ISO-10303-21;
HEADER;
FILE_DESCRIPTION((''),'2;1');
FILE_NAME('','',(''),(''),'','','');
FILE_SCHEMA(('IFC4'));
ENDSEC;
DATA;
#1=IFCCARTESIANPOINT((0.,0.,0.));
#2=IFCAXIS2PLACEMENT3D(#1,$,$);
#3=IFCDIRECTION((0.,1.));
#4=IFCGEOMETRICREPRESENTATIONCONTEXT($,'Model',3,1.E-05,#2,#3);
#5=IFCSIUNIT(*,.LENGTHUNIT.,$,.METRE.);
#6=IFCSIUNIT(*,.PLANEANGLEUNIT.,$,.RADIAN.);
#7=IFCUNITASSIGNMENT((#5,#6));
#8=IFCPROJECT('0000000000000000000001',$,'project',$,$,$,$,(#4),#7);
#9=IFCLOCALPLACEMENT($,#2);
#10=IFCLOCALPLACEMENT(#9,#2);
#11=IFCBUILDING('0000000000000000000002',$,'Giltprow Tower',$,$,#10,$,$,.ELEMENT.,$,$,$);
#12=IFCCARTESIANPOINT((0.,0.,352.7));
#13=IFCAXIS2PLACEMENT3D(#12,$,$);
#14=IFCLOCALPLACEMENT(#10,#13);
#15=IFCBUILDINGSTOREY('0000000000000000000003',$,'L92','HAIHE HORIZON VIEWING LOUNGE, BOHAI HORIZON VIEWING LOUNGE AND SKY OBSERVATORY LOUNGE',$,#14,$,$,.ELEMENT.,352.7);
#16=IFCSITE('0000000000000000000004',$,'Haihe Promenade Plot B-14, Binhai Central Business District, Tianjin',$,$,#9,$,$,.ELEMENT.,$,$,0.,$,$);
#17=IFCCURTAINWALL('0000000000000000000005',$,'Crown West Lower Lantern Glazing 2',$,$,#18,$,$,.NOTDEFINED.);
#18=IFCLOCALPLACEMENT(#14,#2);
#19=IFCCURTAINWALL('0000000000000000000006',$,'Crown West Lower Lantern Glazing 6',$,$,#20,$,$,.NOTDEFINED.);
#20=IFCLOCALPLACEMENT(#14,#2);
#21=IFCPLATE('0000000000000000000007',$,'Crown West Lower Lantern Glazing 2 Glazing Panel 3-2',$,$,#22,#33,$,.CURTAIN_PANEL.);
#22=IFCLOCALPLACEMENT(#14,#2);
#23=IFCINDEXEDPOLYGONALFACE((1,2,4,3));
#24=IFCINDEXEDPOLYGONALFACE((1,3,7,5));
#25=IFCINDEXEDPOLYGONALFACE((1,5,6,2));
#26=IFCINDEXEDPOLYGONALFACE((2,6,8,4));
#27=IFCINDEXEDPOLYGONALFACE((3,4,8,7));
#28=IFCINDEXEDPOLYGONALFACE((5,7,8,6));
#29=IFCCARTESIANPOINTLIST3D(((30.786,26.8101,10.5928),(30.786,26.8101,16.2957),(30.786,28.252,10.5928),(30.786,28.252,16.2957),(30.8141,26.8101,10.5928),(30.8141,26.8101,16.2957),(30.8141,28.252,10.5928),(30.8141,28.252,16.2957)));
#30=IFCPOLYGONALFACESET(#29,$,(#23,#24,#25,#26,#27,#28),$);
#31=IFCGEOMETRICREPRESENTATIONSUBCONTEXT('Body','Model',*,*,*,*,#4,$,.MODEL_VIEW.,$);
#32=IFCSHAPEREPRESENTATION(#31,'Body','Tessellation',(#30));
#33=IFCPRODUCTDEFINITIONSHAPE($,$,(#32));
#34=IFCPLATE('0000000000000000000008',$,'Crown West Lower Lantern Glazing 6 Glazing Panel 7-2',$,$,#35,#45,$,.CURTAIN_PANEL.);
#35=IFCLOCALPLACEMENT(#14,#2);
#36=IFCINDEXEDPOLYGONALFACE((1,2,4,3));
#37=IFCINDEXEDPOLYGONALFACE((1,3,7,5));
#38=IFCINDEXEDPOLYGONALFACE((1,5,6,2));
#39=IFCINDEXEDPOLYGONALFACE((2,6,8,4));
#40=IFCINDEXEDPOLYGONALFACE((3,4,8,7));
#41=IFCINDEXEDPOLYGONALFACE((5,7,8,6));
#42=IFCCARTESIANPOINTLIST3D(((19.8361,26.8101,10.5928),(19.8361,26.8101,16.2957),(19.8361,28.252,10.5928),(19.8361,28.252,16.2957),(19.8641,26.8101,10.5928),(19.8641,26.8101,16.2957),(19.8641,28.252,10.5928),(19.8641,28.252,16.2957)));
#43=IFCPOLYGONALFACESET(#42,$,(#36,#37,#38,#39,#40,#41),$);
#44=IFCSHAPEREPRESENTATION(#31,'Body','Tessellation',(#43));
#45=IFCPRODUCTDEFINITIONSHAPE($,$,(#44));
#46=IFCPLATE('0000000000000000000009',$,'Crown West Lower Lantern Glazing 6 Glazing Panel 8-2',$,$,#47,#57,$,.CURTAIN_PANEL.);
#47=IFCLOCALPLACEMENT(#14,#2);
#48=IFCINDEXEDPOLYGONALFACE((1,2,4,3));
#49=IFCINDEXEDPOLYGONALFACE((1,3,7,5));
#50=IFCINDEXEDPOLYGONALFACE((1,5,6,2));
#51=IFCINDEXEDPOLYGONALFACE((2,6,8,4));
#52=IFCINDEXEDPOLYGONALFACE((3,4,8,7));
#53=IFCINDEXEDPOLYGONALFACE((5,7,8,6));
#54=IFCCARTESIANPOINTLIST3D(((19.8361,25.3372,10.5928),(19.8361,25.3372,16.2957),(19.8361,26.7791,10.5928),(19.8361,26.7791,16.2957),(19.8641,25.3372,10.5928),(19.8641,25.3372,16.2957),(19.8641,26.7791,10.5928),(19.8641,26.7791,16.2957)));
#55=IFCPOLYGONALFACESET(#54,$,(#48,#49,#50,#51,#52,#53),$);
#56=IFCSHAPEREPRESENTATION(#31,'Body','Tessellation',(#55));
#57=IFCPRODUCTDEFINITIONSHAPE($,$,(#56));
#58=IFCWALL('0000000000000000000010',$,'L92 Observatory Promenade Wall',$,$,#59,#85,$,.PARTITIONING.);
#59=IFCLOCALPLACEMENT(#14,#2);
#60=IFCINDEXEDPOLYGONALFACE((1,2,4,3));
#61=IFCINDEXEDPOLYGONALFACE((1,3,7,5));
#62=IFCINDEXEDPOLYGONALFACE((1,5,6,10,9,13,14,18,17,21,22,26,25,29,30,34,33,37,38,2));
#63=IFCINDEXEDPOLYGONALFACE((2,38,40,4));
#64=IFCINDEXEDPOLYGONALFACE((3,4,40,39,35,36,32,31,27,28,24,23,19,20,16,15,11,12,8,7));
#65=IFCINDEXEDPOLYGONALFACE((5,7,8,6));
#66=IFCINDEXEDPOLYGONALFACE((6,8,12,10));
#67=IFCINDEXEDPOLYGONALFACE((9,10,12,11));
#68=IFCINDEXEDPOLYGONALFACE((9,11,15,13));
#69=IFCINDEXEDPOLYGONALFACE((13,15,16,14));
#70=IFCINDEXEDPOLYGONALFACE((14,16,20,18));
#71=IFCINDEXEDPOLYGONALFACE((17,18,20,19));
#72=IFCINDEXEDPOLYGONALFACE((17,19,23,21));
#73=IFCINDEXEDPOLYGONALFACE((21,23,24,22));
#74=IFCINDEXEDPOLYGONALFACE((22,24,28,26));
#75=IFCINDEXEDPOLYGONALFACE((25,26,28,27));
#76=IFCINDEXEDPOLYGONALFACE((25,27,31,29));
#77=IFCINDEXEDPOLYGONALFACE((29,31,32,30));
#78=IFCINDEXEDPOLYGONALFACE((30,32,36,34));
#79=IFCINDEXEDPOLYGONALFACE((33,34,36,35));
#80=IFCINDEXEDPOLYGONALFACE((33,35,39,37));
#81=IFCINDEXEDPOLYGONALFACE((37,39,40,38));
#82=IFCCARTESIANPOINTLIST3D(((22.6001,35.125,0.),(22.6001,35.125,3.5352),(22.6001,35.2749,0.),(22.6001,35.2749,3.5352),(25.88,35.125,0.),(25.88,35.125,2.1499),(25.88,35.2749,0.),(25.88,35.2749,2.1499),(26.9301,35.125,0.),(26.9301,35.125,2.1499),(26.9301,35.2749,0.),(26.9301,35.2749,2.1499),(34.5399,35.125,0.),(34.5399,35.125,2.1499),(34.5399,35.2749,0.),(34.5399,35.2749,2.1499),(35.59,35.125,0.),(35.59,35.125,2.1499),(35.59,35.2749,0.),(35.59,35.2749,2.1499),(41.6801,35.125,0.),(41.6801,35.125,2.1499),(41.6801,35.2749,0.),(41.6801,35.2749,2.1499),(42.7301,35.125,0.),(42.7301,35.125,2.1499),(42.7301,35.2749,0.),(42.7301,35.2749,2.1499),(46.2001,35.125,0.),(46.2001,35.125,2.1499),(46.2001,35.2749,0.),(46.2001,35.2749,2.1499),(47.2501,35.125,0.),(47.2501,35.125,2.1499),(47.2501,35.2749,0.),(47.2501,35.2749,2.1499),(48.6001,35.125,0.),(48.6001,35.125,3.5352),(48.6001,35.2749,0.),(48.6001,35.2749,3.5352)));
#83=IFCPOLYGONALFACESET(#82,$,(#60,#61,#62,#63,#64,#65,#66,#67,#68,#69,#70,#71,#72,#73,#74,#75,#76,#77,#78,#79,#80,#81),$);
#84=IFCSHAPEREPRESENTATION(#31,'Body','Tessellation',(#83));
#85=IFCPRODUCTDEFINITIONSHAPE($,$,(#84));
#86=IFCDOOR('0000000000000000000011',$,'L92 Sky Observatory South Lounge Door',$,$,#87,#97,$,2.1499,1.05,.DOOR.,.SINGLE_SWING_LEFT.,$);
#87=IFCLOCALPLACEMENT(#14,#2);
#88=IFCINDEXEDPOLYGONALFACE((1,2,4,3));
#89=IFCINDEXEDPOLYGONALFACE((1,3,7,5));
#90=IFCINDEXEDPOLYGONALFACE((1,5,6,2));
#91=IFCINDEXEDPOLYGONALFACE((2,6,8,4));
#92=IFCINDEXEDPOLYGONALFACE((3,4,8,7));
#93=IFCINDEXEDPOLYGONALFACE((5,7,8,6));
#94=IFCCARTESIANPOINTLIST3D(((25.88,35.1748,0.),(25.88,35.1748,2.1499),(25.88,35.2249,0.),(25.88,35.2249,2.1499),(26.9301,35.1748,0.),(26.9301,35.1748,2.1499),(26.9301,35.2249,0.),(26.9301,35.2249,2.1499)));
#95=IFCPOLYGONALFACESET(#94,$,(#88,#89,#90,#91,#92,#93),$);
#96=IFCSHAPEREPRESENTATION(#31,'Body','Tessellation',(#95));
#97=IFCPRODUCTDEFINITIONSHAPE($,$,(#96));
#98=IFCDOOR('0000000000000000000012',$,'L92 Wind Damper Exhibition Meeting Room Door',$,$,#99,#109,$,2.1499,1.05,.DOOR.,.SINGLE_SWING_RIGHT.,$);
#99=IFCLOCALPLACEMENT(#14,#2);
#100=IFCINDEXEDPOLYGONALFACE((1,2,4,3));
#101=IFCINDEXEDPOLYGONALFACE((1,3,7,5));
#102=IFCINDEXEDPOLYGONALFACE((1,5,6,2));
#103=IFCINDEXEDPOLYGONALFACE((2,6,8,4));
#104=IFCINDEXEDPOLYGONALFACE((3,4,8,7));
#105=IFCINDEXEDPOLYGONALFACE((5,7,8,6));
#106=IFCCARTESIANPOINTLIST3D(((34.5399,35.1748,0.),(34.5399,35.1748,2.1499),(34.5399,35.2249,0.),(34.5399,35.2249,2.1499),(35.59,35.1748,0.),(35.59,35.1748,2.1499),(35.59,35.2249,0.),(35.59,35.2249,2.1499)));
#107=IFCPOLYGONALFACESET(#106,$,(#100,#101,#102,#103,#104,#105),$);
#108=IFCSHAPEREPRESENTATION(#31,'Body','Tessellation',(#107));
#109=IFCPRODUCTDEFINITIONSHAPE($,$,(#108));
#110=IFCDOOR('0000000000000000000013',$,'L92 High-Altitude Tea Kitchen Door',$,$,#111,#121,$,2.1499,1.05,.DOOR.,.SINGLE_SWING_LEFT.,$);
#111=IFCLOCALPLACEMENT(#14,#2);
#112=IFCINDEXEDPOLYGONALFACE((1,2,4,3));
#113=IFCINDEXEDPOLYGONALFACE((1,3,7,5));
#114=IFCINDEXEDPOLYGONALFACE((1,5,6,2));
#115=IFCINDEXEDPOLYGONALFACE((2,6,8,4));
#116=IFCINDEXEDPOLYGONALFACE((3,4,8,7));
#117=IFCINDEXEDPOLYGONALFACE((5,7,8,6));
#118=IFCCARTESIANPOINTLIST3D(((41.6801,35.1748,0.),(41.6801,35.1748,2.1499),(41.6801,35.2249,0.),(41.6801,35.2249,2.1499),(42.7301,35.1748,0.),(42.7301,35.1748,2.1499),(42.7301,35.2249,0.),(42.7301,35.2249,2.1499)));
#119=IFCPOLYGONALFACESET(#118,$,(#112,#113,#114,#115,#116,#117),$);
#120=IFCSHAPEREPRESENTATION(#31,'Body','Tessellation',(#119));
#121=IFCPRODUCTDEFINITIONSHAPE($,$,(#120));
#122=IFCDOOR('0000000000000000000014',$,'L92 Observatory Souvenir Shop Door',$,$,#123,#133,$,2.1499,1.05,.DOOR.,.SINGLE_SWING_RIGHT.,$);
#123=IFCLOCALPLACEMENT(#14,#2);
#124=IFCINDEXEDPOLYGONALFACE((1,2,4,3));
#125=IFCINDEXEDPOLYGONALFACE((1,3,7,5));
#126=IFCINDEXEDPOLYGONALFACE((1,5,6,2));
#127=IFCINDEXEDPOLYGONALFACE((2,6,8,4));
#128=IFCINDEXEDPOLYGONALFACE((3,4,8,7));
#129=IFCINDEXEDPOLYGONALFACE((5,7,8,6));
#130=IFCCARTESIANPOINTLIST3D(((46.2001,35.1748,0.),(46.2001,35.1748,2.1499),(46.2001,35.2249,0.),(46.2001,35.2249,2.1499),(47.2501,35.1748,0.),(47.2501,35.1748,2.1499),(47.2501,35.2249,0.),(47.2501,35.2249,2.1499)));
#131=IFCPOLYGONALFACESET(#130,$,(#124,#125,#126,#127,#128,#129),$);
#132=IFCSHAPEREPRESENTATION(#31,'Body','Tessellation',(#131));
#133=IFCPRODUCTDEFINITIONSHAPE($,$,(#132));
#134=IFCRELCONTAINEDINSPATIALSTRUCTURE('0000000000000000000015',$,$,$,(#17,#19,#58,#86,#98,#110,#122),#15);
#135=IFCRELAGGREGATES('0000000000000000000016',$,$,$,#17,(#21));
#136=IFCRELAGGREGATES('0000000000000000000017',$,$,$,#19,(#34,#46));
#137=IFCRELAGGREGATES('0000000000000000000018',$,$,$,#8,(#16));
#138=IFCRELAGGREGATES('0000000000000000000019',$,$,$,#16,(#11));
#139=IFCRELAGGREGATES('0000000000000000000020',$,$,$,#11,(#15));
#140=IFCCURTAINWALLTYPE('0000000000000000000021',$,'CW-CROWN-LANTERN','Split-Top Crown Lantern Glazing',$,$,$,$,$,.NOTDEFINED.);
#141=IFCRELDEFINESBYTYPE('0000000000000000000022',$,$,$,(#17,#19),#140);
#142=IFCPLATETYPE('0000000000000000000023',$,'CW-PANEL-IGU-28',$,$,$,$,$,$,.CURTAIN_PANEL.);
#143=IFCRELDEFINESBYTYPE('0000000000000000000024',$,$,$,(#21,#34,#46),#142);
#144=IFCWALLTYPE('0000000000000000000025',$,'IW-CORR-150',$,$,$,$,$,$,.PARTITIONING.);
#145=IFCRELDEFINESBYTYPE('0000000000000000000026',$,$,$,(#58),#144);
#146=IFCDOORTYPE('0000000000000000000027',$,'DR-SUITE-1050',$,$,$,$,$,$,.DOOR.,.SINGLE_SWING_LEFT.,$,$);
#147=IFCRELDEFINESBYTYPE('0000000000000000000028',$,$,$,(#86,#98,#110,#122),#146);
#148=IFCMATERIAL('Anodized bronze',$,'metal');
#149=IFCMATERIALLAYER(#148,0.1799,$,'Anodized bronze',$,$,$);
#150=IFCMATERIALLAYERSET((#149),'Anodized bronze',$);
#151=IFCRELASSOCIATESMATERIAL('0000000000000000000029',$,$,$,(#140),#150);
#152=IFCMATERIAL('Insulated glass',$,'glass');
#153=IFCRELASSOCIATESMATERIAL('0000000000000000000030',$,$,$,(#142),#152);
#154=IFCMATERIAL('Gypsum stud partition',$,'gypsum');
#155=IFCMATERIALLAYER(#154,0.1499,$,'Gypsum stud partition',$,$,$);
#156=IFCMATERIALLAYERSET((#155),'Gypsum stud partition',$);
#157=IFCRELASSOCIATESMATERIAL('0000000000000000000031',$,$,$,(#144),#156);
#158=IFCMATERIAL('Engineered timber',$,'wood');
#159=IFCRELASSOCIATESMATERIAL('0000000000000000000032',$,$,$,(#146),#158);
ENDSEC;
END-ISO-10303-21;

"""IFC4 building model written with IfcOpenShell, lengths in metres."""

from ifc_helpers import new_model, si_unit, direction, frame, frame_2d, origin, origin_2d, place, context, subcontext, project, spatial, rectangle, extrude, source, transform, mapped, material, layer, layer_set, type_object, element, fill, aggregate, save


model = new_model("IFC4")

# Units and contexts
model_context = context("Model", 3, precision=1e-05, world=origin(), true_north=direction((0.0, 1.0)))
body_context = subcontext(model_context, "Body", "Model", "MODEL_VIEW")
ifc_project = project(units=[si_unit("LENGTHUNIT", "METRE"), si_unit("PLANEANGLEUNIT", "RADIAN")], contexts=[model_context])

# Site, building, storey
site_placement = place(None, origin())
site = spatial("IfcSite", under=ifc_project, at=site_placement, Name="Haihe Promenade Plot B-14, Binhai Central Business District, Tianjin", CompositionType="ELEMENT", RefElevation=0.0)
building_placement = place(site_placement, origin())
building = spatial("IfcBuilding", under=site, at=building_placement, Name="Giltprow Tower", CompositionType="ELEMENT")
storey_placement = place(building_placement, frame((0.0, 0.0, 352.7)))
storey = spatial("IfcBuildingStorey", under=building, at=storey_placement, Name="L92", Description="HAIHE HORIZON VIEWING LOUNGE, BOHAI HORIZON VIEWING LOUNGE AND SKY OBSERVATORY LOUNGE", CompositionType="ELEMENT", Elevation=352.7)

# Curtain wall
ifc_material_1 = material(Name="Anodized bronze", Category="metal")
ifc_layer_1 = layer(ifc_material_1, 0.1799, Name="Anodized bronze")
ifc_layer_set_1 = layer_set([ifc_layer_1], Name="Anodized bronze")
curtain_wall_type = type_object("IfcCurtainWallType", Name="CW-CROWN-LANTERN", Description="Split-Top Crown Lantern Glazing", PredefinedType="NOTDEFINED", material=ifc_layer_set_1)
curtain_wall_1_placement = place(storey_placement, origin())
curtain_wall_1 = element("IfcCurtainWall", 1, at=curtain_wall_1_placement, inside=storey, type_object=curtain_wall_type, Name="Crown West Lower Lantern Glazing 2", PredefinedType="NOTDEFINED")
ifc_material_2 = material(Name="Insulated glass", Category="glass")
plate_type = type_object("IfcPlateType", Name="CW-PANEL-IGU-28", PredefinedType="CURTAIN_PANEL", material=ifc_material_2)

# Curtain wall
curtain_wall_2_placement = place(storey_placement, origin())
curtain_wall_2 = element("IfcCurtainWall", 2, at=curtain_wall_2_placement, inside=storey, type_object=curtain_wall_type, Name="Crown West Lower Lantern Glazing 6", PredefinedType="NOTDEFINED")

# Plates
shared_shape_1 = source(origin(), body_context, "Body", "SweptSolid", [
    extrude(rectangle(XDim=1.4419, YDim=0.0281, at=origin_2d()), origin(), (0.0, 0.0, 1.0), 5.7029),
])
plate_1_placement = place(storey_placement, frame((30.8, 27.531, 10.5928), z_axis=(0.0, 0.0, 1.0), x_axis=(0.0, 1.0, 0.0)))
plate_1 = element("IfcPlate", 3, at=plate_1_placement, type_object=plate_type, Name="Crown West Lower Lantern Glazing 2 Glazing Panel 3-2", PredefinedType="CURTAIN_PANEL", context=body_context, shape_type="MappedRepresentation", body=[
    mapped(shared_shape_1, transform((0.0, 0.0, 0.0), x_axis=(1.0, 0.0, 0.0), y_axis=(0.0, 1.0, 0.0), z_axis=(0.0, 0.0, 1.0), scale=1.0)),
])
aggregate(curtain_wall_1, [plate_1])
plate_2_placement = place(storey_placement, frame((19.8501, 27.531, 10.5928), z_axis=(0.0, 0.0, 1.0), x_axis=(0.0, -1.0, 0.0)))
plate_2 = element("IfcPlate", 4, at=plate_2_placement, type_object=plate_type, Name="Crown West Lower Lantern Glazing 6 Glazing Panel 7-2", PredefinedType="CURTAIN_PANEL", context=body_context, shape_type="MappedRepresentation", body=[
    mapped(shared_shape_1, transform((0.0, 0.0, 0.0), x_axis=(1.0, 0.0, 0.0), y_axis=(0.0, 1.0, 0.0), z_axis=(0.0, 0.0, 1.0), scale=1.0)),
])
plate_3_placement = place(storey_placement, frame((19.8501, 26.0581, 10.5928), z_axis=(0.0, 0.0, 1.0), x_axis=(0.0, -1.0, 0.0)))
plate_3 = element("IfcPlate", 5, at=plate_3_placement, type_object=plate_type, Name="Crown West Lower Lantern Glazing 6 Glazing Panel 8-2", PredefinedType="CURTAIN_PANEL", context=body_context, shape_type="MappedRepresentation", body=[
    mapped(shared_shape_1, transform((0.0, 0.0, 0.0), x_axis=(1.0, 0.0, 0.0), y_axis=(0.0, 1.0, 0.0), z_axis=(0.0, 0.0, 1.0), scale=1.0)),
])
aggregate(curtain_wall_2, [plate_2, plate_3])

# Wall, openings, doors
ifc_material_3 = material(Name="Gypsum stud partition", Category="gypsum")
ifc_layer_2 = layer(ifc_material_3, 0.1499, Name="Gypsum stud partition")
ifc_layer_set_2 = layer_set([ifc_layer_2], Name="Gypsum stud partition")
wall_type = type_object("IfcWallType", Name="IW-CORR-150", PredefinedType="PARTITIONING", material=ifc_layer_set_2)
wall_placement = place(storey_placement, frame((22.6001, 35.2, 0.0), z_axis=(0.0, 0.0, 1.0), x_axis=(1.0, 0.0, 0.0)))
wall = element("IfcWall", 6, at=wall_placement, inside=storey, type_object=wall_type, Name="L92 Observatory Promenade Wall", PredefinedType="PARTITIONING", context=body_context, shape_type="SweptSolid", body=[
    extrude(rectangle(XDim=26.0, YDim=0.1499, at=frame_2d((13.0, 0.0))), origin(), (0.0, 0.0, 1.0), 3.5352),
])
opening_1_placement = place(wall_placement, frame((3.28, 0.0, 0.0)))
opening_1 = element("IfcOpeningElement", 7, at=opening_1_placement, cuts=wall, PredefinedType="OPENING", context=body_context, shape_type="SweptSolid", body=[
    extrude(rectangle(XDim=1.05, YDim=2.1499, at=frame_2d((0.5249, 1.075))), frame((0.0, 0.085, 0.0), z_axis=(0.0, -1.0, 0.0), x_axis=(1.0, 0.0, 0.0)), (0.0, 0.0, 1.0), 0.1699),
])
opening_2_placement = place(wall_placement, frame((11.9399, 0.0, 0.0)))
opening_2 = element("IfcOpeningElement", 8, at=opening_2_placement, cuts=wall, PredefinedType="OPENING", context=body_context, shape_type="SweptSolid", body=[
    extrude(rectangle(XDim=1.05, YDim=2.1499, at=frame_2d((0.5249, 1.075))), frame((0.0, 0.085, 0.0), z_axis=(0.0, -1.0, 0.0), x_axis=(1.0, 0.0, 0.0)), (0.0, 0.0, 1.0), 0.1699),
])
opening_3_placement = place(wall_placement, frame((19.0801, 0.0, 0.0)))
opening_3 = element("IfcOpeningElement", 9, at=opening_3_placement, cuts=wall, PredefinedType="OPENING", context=body_context, shape_type="SweptSolid", body=[
    extrude(rectangle(XDim=1.05, YDim=2.1499, at=frame_2d((0.5249, 1.075))), frame((0.0, 0.085, 0.0), z_axis=(0.0, -1.0, 0.0), x_axis=(1.0, 0.0, 0.0)), (0.0, 0.0, 1.0), 0.1699),
])
opening_4_placement = place(wall_placement, frame((23.6001, 0.0, 0.0)))
opening_4 = element("IfcOpeningElement", 10, at=opening_4_placement, cuts=wall, PredefinedType="OPENING", context=body_context, shape_type="SweptSolid", body=[
    extrude(rectangle(XDim=1.05, YDim=2.1499, at=frame_2d((0.5249, 1.075))), frame((0.0, 0.085, 0.0), z_axis=(0.0, -1.0, 0.0), x_axis=(1.0, 0.0, 0.0)), (0.0, 0.0, 1.0), 0.1699),
])
ifc_material_4 = material(Name="Engineered timber", Category="wood")
door_type = type_object("IfcDoorType", Name="DR-SUITE-1050", OperationType="SINGLE_SWING_LEFT", PredefinedType="DOOR", material=ifc_material_4)
shared_shape_2 = source(origin(), body_context, "Body", "SweptSolid", [
    extrude(rectangle(XDim=1.05, YDim=2.1499, at=frame_2d((0.5249, 1.075))), frame((0.0, 0.0249, 0.0), z_axis=(0.0, -1.0, 0.0), x_axis=(1.0, 0.0, 0.0)), (0.0, 0.0, 1.0), 0.05),
])
door_1_placement = place(opening_1_placement, origin())
door_1 = element("IfcDoor", 11, at=door_1_placement, inside=storey, type_object=door_type, Name="L92 Sky Observatory South Lounge Door", OperationType="SINGLE_SWING_LEFT", OverallHeight=2.1499, OverallWidth=1.05, PredefinedType="DOOR", context=body_context, shape_type="MappedRepresentation", body=[
    mapped(shared_shape_2, transform((0.0, 0.0, 0.0), x_axis=(1.0, 0.0, 0.0), y_axis=(0.0, 1.0, 0.0), z_axis=(0.0, 0.0, 1.0), scale=1.0)),
])
fill(opening_1, door_1)
door_2_placement = place(opening_2_placement, origin())
door_2 = element("IfcDoor", 12, at=door_2_placement, inside=storey, type_object=door_type, Name="L92 Wind Damper Exhibition Meeting Room Door", OperationType="SINGLE_SWING_RIGHT", OverallHeight=2.1499, OverallWidth=1.05, PredefinedType="DOOR", context=body_context, shape_type="MappedRepresentation", body=[
    mapped(shared_shape_2, transform((0.0, 0.0, 0.0), x_axis=(1.0, 0.0, 0.0), y_axis=(0.0, 1.0, 0.0), z_axis=(0.0, 0.0, 1.0), scale=1.0)),
])
fill(opening_2, door_2)
door_3_placement = place(opening_3_placement, origin())
door_3 = element("IfcDoor", 13, at=door_3_placement, inside=storey, type_object=door_type, Name="L92 High-Altitude Tea Kitchen Door", OperationType="SINGLE_SWING_LEFT", OverallHeight=2.1499, OverallWidth=1.05, PredefinedType="DOOR", context=body_context, shape_type="MappedRepresentation", body=[
    mapped(shared_shape_2, transform((0.0, 0.0, 0.0), x_axis=(1.0, 0.0, 0.0), y_axis=(0.0, 1.0, 0.0), z_axis=(0.0, 0.0, 1.0), scale=1.0)),
])
fill(opening_3, door_3)
door_4_placement = place(opening_4_placement, origin())
door_4 = element("IfcDoor", 14, at=door_4_placement, inside=storey, type_object=door_type, Name="L92 Observatory Souvenir Shop Door", OperationType="SINGLE_SWING_RIGHT", OverallHeight=2.1499, OverallWidth=1.05, PredefinedType="DOOR", context=body_context, shape_type="MappedRepresentation", body=[
    mapped(shared_shape_2, transform((0.0, 0.0, 0.0), x_axis=(1.0, 0.0, 0.0), y_axis=(0.0, 1.0, 0.0), z_axis=(0.0, 0.0, 1.0), scale=1.0)),
])
fill(opening_4, door_4)

save(model, "model.ifc")
